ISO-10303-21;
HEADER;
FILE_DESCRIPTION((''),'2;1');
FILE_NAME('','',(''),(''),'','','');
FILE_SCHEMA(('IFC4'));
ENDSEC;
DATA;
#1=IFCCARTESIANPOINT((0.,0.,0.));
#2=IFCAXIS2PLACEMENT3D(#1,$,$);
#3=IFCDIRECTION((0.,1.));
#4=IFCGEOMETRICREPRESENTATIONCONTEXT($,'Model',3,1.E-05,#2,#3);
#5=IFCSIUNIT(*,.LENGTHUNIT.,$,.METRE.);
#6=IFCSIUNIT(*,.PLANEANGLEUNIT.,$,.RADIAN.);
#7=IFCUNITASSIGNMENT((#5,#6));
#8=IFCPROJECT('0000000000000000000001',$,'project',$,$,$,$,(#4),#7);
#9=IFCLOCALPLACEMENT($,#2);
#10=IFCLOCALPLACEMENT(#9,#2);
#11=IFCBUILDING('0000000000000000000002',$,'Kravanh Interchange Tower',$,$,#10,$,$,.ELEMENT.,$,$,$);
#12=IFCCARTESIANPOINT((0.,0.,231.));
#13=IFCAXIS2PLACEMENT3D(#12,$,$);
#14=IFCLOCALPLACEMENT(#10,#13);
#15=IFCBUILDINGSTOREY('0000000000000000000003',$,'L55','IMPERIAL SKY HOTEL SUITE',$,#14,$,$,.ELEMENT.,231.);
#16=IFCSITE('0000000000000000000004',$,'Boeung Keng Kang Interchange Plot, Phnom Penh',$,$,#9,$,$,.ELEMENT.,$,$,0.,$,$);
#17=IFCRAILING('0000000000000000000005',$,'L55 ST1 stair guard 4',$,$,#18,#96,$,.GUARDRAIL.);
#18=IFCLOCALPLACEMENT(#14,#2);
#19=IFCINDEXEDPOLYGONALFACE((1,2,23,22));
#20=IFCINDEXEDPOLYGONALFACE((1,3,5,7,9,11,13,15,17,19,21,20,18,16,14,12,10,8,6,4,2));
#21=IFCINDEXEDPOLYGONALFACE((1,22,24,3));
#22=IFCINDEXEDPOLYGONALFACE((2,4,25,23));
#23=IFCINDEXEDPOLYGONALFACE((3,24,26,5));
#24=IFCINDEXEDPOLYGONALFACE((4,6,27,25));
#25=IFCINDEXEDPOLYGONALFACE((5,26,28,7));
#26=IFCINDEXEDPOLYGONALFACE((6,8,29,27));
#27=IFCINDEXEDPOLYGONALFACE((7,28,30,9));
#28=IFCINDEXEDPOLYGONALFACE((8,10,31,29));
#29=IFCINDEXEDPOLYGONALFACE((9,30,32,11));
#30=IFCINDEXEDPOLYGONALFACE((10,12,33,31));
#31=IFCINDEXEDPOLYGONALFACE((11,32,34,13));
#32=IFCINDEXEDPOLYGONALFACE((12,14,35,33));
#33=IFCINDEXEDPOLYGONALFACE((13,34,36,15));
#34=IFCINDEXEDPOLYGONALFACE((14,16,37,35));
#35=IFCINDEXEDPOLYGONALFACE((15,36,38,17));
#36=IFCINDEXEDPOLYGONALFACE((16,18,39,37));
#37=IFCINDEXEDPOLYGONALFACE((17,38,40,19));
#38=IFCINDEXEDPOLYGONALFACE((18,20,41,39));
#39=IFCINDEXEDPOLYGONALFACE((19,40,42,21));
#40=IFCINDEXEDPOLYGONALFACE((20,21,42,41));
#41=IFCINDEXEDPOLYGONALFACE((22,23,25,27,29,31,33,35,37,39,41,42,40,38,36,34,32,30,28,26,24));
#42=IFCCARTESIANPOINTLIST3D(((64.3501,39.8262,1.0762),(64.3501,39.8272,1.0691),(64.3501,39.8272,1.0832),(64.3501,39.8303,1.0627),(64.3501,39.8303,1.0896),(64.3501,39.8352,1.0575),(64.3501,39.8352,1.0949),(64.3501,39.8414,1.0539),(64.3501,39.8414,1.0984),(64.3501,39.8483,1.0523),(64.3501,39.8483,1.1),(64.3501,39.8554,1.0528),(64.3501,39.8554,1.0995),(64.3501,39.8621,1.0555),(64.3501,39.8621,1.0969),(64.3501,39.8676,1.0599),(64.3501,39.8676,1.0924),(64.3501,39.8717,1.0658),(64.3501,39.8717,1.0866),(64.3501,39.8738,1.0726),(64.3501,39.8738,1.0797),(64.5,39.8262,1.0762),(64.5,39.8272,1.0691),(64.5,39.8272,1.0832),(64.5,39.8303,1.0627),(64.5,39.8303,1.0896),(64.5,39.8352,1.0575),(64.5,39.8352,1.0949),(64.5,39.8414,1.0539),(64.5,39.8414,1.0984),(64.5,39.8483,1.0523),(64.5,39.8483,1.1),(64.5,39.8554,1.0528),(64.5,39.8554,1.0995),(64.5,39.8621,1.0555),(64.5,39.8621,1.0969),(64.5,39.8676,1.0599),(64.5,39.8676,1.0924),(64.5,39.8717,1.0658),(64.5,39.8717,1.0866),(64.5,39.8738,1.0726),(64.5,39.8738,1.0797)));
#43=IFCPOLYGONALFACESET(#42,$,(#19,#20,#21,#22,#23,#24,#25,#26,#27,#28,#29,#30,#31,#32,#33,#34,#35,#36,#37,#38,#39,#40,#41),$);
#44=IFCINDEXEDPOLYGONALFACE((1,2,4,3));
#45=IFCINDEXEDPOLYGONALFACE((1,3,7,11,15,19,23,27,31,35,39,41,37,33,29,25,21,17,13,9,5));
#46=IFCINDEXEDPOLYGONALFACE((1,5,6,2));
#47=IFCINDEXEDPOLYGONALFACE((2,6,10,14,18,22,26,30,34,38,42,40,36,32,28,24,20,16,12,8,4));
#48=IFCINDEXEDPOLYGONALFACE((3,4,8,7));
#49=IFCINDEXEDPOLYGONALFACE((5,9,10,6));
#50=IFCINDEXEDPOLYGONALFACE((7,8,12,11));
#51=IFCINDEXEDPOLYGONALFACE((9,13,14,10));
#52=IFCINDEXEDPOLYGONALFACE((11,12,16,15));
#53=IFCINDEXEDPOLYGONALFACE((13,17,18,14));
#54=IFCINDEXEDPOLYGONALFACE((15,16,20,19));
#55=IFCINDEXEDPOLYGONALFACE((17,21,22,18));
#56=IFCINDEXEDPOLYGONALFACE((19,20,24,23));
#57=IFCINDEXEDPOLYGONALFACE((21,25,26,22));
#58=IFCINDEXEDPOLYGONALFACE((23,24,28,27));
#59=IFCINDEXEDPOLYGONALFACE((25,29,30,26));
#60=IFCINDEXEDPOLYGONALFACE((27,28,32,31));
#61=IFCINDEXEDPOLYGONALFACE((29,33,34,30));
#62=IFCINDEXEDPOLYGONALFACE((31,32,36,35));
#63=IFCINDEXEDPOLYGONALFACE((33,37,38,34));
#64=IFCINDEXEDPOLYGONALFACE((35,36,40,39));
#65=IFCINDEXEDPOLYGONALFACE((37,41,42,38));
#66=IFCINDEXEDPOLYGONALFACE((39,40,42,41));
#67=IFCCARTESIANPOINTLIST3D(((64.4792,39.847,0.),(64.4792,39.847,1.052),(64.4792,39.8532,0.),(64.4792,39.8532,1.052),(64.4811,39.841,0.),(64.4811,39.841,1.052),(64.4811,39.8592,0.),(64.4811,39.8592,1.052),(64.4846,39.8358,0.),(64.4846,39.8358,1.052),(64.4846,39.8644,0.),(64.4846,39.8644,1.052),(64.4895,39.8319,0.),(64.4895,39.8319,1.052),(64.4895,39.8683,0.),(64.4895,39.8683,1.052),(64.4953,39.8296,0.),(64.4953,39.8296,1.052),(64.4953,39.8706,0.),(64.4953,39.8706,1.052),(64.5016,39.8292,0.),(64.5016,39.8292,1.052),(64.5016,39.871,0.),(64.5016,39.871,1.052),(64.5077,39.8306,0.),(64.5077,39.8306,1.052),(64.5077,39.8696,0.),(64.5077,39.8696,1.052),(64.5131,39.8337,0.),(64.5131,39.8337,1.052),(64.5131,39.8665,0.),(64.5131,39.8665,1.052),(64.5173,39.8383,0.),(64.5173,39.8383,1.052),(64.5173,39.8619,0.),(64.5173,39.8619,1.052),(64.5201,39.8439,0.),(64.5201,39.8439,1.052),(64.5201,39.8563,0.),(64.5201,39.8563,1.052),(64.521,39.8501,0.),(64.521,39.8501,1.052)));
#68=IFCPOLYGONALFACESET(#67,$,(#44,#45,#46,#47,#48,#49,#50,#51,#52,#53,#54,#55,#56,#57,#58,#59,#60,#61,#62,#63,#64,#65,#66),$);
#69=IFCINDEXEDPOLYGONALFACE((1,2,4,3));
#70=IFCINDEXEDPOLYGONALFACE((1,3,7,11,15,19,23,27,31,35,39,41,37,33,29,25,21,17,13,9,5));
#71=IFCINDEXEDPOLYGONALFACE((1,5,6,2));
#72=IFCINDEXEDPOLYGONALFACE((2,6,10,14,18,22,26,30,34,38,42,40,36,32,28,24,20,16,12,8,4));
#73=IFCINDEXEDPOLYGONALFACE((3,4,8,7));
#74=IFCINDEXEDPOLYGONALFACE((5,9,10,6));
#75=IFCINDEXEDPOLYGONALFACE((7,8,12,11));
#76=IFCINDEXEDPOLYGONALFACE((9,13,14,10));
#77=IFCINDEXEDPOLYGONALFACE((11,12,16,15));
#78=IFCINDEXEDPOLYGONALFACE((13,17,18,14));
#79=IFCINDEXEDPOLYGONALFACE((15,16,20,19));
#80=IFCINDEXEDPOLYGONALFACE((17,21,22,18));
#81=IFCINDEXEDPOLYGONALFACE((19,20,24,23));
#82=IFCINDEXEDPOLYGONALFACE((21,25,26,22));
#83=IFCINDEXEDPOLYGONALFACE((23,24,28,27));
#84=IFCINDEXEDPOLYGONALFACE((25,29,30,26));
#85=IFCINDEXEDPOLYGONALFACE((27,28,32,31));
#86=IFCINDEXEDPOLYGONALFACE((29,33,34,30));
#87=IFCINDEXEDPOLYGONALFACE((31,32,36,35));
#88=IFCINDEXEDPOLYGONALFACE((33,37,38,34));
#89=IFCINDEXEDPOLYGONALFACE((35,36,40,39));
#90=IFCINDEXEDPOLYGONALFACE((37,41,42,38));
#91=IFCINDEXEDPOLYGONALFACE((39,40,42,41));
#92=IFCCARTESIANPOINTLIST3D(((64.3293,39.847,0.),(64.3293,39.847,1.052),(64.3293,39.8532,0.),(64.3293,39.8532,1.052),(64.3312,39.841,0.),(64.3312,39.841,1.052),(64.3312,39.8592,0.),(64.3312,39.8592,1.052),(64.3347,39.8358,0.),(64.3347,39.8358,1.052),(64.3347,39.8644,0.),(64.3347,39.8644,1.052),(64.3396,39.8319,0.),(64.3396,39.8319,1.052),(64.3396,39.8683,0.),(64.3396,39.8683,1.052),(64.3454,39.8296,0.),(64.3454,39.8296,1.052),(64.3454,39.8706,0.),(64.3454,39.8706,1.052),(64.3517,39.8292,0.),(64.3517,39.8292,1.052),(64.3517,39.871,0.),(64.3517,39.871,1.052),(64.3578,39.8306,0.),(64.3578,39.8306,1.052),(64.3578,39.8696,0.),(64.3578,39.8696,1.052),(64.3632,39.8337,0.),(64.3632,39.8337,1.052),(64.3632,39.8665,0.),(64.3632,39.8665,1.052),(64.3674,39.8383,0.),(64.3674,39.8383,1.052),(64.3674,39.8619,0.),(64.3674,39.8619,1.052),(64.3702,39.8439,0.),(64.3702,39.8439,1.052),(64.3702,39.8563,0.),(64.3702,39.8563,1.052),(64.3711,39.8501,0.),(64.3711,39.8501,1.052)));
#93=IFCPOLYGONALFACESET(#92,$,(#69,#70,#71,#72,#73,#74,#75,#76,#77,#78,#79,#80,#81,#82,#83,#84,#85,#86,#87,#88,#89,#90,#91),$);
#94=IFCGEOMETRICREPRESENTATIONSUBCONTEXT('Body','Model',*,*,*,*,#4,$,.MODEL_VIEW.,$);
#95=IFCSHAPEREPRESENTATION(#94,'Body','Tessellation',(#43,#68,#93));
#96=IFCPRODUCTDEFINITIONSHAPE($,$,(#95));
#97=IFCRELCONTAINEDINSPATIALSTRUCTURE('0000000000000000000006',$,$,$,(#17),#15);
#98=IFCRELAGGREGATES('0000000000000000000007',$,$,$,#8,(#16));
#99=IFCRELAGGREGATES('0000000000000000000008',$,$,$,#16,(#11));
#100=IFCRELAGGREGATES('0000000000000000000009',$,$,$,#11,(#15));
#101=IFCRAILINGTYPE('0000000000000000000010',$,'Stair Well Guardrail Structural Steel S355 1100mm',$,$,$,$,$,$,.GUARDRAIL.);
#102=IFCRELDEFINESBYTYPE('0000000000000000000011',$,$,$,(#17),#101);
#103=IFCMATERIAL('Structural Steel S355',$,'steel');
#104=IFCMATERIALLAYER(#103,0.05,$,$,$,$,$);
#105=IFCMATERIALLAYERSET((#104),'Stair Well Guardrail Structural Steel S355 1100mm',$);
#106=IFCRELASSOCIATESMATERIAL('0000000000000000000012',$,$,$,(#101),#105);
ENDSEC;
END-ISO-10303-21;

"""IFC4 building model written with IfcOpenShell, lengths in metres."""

from ifc_helpers import new_model, si_unit, direction, frame, origin, origin_2d, place, context, subcontext, project, spatial, circle, extrude, material, layer, layer_set, type_object, element, save


model = new_model("IFC4")

# Units and contexts
model_context = context("Model", 3, precision=1e-05, world=origin(), true_north=direction((0.0, 1.0)))
body_context = subcontext(model_context, "Body", "Model", "MODEL_VIEW")
ifc_project = project(units=[si_unit("LENGTHUNIT", "METRE"), si_unit("PLANEANGLEUNIT", "RADIAN")], contexts=[model_context])

# Site, building, storey
site_placement = place(None, origin())
site = spatial("IfcSite", under=ifc_project, at=site_placement, Name="Boeung Keng Kang Interchange Plot, Phnom Penh", CompositionType="ELEMENT", RefElevation=0.0)
building_placement = place(site_placement, origin())
building = spatial("IfcBuilding", under=site, at=building_placement, Name="Kravanh Interchange Tower", CompositionType="ELEMENT")
storey_placement = place(building_placement, frame((0.0, 0.0, 231.0)))
storey = spatial("IfcBuildingStorey", under=building, at=storey_placement, Name="L55", Description="IMPERIAL SKY HOTEL SUITE", CompositionType="ELEMENT", Elevation=231.0)

# Railing
ifc_material_1 = material(Name="Structural Steel S355", Category="steel")
ifc_layer_1 = layer(ifc_material_1, 0.05)
ifc_layer_set_1 = layer_set([ifc_layer_1], Name="Stair Well Guardrail Structural Steel S355 1100mm")
railing_type_1 = type_object("IfcRailingType", Name="Stair Well Guardrail Structural Steel S355 1100mm", PredefinedType="GUARDRAIL", material=ifc_layer_set_1)
railing_1_placement = place(storey_placement, frame((64.5, 39.8501, 0.0)))
element("IfcRailing", 1, at=railing_1_placement, inside=storey, type_object=railing_type_1, Name="L55 ST1 stair guard 4", PredefinedType="GUARDRAIL", context=body_context, shape_type="SweptSolid", body=[
    extrude(circle(Radius=0.0239, at=origin_2d()), frame((0.0, 0.0, 1.0762), z_axis=(-1.0, 0.0, 0.0), x_axis=(0.0, -1.0, 0.0)), (0.0, 0.0, 1.0), 0.1499),
    extrude(circle(Radius=0.021, at=origin_2d()), origin(), (0.0, 0.0, 1.0), 1.052),
    extrude(circle(Radius=0.021, at=origin_2d()), frame((-0.1499, 0.0, 0.0)), (0.0, 0.0, 1.0), 1.052),
])

save(model, "model.ifc")
